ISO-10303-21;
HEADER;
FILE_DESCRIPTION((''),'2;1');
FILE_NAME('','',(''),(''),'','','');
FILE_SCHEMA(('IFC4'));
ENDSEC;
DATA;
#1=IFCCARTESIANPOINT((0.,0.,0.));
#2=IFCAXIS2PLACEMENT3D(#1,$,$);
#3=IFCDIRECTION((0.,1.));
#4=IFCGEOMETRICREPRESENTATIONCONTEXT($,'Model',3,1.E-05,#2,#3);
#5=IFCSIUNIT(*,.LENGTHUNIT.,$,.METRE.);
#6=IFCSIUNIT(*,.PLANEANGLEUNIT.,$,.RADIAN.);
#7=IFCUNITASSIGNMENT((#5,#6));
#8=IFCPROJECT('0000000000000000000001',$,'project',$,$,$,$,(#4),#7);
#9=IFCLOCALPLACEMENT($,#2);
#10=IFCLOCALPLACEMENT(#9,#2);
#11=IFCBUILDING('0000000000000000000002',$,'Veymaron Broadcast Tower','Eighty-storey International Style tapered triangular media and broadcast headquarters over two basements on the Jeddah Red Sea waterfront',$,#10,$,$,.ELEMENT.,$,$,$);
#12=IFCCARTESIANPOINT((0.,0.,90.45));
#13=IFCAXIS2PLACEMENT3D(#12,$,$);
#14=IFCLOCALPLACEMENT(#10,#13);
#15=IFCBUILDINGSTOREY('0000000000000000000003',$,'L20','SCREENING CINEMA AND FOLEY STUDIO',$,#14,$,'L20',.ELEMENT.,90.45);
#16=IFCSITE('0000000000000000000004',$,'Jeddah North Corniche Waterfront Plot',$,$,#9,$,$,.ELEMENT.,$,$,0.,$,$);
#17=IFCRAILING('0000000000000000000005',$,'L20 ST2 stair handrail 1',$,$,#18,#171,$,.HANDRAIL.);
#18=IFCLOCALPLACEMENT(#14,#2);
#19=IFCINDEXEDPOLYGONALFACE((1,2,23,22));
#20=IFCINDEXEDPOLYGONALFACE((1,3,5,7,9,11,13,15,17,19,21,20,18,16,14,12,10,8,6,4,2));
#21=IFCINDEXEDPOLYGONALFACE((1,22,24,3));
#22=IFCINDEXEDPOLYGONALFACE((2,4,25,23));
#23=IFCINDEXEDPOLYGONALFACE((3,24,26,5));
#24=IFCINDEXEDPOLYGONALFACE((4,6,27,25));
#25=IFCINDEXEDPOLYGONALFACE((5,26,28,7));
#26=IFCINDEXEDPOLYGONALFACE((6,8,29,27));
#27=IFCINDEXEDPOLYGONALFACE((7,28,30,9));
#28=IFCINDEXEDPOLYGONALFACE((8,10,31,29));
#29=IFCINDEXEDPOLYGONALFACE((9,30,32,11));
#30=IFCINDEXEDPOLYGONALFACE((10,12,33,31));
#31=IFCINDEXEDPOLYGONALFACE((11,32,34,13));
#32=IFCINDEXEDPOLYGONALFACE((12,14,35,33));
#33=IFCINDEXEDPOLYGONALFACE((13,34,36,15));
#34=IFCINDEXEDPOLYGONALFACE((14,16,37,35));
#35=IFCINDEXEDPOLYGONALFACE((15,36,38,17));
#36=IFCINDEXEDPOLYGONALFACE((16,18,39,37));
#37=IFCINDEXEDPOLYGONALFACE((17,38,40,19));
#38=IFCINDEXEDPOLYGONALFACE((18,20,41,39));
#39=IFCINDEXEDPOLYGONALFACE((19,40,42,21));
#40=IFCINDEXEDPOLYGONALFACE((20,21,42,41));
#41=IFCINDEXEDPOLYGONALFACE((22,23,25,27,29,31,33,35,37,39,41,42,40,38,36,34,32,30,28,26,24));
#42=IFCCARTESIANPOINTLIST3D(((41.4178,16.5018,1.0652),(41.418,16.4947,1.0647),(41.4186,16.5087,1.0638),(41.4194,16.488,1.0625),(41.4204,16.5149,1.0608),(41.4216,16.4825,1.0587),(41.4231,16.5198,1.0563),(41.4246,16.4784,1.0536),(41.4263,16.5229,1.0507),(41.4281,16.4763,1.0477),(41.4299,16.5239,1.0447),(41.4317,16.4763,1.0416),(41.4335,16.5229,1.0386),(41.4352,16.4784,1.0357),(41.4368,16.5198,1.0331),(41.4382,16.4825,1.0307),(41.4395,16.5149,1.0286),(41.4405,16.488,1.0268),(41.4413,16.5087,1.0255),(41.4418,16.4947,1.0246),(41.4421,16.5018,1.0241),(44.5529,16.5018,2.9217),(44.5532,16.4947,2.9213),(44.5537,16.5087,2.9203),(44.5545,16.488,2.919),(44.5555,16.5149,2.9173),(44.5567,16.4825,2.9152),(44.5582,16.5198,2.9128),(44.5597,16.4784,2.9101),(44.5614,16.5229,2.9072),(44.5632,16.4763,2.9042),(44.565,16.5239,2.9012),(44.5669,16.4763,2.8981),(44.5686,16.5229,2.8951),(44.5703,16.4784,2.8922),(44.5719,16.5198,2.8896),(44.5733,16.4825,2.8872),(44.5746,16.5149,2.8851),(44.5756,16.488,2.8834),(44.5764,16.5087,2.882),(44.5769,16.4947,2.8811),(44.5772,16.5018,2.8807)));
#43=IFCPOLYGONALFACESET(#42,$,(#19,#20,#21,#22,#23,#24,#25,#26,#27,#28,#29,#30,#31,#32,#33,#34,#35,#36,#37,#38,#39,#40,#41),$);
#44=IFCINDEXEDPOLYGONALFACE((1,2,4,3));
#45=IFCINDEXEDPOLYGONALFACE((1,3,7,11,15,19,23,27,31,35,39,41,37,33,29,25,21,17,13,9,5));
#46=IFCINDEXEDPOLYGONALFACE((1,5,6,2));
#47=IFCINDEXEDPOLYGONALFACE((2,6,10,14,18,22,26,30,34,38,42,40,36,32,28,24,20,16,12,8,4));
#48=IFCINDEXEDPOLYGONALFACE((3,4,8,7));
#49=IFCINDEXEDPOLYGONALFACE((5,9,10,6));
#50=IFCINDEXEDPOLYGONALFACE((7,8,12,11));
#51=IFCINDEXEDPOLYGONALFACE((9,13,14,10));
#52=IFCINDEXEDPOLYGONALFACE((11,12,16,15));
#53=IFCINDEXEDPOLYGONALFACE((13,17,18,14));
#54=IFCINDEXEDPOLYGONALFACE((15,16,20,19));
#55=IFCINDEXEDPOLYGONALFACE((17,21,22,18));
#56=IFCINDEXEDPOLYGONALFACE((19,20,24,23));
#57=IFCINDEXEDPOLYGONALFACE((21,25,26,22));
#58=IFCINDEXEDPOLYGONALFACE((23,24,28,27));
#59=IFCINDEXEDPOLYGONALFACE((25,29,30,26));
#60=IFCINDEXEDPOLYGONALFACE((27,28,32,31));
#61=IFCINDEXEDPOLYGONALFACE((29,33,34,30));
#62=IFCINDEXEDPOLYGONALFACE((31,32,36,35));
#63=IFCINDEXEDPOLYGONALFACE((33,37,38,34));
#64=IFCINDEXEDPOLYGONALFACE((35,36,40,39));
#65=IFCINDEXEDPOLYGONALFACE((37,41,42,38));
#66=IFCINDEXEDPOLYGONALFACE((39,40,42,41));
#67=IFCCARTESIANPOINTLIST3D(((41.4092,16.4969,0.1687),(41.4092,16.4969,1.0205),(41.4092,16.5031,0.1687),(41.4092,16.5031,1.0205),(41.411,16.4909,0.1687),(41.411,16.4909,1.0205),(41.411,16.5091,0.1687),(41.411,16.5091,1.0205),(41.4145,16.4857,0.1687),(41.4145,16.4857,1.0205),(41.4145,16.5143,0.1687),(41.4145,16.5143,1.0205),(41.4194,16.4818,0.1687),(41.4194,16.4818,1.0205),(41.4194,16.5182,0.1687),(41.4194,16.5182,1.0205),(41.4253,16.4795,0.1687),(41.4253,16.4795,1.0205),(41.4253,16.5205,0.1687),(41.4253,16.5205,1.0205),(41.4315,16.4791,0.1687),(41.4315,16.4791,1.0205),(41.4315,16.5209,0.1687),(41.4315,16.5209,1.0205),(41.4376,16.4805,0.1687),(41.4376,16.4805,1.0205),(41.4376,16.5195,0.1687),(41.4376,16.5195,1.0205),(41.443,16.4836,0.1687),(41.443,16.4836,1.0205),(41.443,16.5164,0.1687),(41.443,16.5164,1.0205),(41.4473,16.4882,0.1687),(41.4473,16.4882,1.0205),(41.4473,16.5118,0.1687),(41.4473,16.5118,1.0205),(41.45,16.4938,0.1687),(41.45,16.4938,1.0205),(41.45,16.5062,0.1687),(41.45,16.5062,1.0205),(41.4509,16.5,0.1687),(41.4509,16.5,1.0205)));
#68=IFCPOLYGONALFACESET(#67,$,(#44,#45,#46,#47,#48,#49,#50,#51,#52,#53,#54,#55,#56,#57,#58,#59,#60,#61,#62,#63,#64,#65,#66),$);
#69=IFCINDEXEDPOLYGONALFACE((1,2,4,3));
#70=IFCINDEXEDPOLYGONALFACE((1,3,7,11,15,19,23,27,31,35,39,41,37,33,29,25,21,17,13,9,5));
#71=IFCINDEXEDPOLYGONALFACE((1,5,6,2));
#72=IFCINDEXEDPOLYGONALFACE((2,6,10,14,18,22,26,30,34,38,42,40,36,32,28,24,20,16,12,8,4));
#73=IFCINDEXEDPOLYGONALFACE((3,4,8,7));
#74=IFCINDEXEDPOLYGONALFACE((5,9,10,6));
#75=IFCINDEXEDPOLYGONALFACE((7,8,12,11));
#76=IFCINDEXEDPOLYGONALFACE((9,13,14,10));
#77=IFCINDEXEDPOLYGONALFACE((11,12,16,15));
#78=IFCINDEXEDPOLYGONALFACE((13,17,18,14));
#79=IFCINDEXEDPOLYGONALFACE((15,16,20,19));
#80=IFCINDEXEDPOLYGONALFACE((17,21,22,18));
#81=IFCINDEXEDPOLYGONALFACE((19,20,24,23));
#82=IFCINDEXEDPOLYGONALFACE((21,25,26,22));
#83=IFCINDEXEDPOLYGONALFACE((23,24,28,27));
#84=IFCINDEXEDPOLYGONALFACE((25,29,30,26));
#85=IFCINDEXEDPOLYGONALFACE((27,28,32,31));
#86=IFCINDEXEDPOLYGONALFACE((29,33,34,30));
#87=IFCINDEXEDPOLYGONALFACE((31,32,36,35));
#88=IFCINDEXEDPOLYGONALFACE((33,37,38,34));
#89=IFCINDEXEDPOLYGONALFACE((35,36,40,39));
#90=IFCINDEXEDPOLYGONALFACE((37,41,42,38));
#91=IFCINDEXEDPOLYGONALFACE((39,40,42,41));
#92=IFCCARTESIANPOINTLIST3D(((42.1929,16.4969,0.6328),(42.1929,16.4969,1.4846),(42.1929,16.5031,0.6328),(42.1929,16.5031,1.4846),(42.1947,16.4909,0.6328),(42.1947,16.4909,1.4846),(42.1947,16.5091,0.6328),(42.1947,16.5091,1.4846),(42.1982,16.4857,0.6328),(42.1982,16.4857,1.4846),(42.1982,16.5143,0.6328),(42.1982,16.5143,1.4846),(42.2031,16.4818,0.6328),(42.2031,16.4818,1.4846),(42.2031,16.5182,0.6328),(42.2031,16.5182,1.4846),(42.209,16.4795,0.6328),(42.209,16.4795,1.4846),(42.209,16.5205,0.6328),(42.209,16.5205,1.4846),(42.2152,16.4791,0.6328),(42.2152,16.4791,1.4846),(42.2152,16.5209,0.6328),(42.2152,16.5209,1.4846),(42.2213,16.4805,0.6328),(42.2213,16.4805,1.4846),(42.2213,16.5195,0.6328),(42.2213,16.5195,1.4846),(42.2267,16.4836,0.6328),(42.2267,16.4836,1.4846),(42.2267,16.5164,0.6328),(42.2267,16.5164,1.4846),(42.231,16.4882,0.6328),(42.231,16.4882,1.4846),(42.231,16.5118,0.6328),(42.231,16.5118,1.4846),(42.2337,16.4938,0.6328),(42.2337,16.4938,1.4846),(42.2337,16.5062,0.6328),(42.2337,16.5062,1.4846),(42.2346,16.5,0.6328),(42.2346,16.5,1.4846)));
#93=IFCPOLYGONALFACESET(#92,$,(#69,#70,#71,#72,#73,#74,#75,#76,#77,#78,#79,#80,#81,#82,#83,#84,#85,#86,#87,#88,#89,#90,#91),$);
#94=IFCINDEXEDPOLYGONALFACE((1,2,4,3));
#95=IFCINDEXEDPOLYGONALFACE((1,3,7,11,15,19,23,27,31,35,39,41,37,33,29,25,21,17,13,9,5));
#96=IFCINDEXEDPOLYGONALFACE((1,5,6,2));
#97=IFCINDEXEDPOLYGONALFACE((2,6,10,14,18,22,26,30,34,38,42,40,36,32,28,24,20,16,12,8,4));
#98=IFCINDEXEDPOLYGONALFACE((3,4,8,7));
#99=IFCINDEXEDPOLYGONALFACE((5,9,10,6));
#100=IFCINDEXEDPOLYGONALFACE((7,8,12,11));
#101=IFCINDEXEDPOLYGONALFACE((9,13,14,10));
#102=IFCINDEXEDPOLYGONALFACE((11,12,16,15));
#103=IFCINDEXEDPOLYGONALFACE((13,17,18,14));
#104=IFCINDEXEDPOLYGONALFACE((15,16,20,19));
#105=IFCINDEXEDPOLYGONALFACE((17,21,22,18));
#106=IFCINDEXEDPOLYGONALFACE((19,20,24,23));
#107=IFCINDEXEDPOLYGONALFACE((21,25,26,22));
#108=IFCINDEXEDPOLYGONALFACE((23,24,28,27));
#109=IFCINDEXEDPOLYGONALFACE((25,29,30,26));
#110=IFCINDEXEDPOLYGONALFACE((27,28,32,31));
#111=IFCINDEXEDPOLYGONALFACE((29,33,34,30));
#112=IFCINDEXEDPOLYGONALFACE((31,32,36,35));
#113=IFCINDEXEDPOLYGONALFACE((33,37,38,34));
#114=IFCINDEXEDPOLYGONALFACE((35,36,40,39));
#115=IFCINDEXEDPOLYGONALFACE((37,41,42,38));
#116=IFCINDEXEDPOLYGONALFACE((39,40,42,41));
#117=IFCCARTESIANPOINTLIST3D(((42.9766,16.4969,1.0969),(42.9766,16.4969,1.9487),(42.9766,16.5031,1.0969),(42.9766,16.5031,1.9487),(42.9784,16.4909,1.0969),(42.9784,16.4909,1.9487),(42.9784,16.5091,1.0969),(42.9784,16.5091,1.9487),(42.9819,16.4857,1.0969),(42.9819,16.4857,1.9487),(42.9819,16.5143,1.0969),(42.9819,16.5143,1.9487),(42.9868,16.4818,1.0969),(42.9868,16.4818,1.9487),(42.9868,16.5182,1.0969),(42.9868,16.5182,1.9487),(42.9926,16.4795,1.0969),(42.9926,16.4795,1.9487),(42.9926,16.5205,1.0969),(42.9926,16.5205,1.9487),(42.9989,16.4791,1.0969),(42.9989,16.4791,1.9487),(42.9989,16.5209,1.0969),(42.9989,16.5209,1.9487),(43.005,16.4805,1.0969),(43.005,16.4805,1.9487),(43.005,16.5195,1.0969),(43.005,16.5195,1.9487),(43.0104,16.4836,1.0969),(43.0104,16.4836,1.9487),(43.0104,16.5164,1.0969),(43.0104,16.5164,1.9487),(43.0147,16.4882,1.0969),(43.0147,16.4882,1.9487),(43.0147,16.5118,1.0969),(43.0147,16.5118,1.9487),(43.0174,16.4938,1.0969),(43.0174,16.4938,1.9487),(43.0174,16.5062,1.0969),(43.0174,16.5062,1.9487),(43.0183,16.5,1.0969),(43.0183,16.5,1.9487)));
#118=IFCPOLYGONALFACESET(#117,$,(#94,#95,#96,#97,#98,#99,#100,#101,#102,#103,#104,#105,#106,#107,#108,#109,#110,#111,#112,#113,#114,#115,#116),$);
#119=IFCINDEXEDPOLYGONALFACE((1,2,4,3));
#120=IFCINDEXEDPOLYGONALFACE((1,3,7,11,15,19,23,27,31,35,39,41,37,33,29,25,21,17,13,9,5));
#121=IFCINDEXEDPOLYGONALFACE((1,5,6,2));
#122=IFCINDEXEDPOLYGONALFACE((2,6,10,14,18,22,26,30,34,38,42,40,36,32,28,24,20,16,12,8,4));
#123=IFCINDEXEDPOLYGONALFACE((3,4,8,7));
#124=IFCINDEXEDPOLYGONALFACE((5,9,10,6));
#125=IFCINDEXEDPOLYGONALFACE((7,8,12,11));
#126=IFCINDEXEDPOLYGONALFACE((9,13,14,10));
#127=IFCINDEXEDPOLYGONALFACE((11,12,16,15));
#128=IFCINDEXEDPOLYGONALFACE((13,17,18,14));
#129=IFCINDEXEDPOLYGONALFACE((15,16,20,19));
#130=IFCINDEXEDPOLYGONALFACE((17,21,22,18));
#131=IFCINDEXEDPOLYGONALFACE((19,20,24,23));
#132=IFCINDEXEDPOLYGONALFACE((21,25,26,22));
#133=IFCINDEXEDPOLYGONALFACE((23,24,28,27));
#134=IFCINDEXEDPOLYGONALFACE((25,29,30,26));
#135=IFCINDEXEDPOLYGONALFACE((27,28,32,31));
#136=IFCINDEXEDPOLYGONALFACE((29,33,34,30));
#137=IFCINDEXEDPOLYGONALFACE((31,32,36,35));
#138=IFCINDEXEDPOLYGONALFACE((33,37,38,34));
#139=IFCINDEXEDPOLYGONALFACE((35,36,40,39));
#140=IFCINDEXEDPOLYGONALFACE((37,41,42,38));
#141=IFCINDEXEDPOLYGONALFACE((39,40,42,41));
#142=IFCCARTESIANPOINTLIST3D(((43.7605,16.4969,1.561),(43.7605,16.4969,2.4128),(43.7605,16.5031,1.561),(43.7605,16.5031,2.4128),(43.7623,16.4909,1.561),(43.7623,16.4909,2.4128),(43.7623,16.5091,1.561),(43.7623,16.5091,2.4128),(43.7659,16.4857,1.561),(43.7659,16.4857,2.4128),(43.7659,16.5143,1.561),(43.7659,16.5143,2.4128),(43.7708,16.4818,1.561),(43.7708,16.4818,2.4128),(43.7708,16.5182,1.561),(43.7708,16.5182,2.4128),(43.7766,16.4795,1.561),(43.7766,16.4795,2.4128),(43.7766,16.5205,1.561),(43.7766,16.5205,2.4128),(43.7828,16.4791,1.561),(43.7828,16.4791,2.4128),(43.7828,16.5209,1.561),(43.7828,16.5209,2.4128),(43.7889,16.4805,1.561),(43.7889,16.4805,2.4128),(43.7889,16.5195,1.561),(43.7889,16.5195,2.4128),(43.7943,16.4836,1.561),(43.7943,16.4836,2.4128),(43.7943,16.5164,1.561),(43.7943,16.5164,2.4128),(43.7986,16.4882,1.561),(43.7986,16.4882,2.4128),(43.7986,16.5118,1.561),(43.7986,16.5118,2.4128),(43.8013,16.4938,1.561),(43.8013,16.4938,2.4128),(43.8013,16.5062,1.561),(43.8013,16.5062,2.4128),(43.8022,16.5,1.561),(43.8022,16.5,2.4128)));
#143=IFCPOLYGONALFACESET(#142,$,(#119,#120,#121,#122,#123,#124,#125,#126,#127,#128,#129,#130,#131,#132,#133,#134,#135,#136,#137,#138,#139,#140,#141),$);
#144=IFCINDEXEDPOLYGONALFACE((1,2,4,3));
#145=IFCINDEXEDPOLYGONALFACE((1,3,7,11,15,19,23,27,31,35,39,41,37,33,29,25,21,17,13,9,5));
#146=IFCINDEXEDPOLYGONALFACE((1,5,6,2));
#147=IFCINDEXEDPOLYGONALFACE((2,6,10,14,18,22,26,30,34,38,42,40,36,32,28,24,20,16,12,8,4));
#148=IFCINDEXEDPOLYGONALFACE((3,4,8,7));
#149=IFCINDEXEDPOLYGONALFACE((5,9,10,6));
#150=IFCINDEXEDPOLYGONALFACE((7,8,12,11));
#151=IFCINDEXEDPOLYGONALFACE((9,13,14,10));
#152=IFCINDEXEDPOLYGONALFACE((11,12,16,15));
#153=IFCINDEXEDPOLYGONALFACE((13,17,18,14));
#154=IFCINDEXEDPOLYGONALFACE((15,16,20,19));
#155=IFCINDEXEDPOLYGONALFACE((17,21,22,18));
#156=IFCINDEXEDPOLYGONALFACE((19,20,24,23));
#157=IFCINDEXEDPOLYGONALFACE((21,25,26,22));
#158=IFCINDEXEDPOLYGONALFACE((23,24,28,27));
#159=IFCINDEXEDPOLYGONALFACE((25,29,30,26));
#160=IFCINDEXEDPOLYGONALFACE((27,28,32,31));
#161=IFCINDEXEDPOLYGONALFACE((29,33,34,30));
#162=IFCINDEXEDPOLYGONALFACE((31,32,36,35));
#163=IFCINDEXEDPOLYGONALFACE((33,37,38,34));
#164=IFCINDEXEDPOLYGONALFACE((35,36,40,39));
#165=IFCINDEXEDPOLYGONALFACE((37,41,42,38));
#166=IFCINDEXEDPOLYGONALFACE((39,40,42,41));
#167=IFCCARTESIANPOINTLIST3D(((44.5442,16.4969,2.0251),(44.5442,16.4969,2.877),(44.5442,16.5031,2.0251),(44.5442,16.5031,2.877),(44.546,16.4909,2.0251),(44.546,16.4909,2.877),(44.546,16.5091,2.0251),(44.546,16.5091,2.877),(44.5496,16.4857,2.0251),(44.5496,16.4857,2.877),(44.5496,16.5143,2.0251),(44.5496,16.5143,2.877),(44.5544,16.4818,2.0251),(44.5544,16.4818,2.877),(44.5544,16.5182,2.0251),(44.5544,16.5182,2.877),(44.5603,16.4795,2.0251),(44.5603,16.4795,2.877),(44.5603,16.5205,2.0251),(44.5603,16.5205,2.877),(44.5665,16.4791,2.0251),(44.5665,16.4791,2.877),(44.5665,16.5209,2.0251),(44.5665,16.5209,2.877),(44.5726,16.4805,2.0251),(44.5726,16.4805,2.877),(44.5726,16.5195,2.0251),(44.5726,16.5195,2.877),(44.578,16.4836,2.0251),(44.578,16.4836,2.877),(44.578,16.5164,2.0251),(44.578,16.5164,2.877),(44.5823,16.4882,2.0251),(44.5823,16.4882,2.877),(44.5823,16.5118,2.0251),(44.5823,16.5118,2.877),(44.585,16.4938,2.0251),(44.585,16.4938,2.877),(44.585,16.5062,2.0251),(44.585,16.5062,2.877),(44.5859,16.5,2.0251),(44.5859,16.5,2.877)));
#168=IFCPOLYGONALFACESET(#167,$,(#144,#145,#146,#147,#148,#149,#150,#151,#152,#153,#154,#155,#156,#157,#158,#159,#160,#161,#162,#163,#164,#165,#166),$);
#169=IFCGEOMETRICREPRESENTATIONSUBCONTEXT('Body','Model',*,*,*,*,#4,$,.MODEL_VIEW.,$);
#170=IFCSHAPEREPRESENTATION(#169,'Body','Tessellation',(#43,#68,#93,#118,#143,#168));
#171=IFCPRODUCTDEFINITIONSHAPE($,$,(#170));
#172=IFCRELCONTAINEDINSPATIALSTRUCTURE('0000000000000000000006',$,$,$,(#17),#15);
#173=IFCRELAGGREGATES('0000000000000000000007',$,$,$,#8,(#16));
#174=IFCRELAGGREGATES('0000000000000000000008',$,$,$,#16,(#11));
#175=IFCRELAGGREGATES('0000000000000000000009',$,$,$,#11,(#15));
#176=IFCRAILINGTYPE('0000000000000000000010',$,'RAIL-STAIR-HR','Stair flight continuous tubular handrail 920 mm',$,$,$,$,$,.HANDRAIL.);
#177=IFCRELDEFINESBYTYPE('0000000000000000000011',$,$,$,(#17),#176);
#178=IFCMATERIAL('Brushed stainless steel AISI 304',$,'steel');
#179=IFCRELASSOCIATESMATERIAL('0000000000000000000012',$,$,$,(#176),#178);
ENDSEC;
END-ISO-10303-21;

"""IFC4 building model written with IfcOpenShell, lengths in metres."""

from ifc_helpers import new_model, si_unit, direction, frame, origin, origin_2d, place, context, subcontext, project, spatial, circle, extrude, material, type_object, element, save


model = new_model("IFC4")

# Units and contexts
model_context = context("Model", 3, precision=1e-05, world=origin(), true_north=direction((0.0, 1.0)))
body_context = subcontext(model_context, "Body", "Model", "MODEL_VIEW")
ifc_project = project(units=[si_unit("LENGTHUNIT", "METRE"), si_unit("PLANEANGLEUNIT", "RADIAN")], contexts=[model_context])

# Site, building, storey
site_placement = place(None, origin())
site = spatial("IfcSite", under=ifc_project, at=site_placement, Name="Jeddah North Corniche Waterfront Plot", CompositionType="ELEMENT", RefElevation=0.0)
building_placement = place(site_placement, origin())
building = spatial("IfcBuilding", under=site, at=building_placement, Name="Veymaron Broadcast Tower", Description="Eighty-storey International Style tapered triangular media and broadcast headquarters over two basements on the Jeddah Red Sea waterfront", CompositionType="ELEMENT")
storey_placement = place(building_placement, frame((0.0, 0.0, 90.45)))
storey = spatial("IfcBuildingStorey", under=building, at=storey_placement, Name="L20", Description="SCREENING CINEMA AND FOLEY STUDIO", LongName="L20", CompositionType="ELEMENT", Elevation=90.45)

# Railing
ifc_material_1 = material(Name="Brushed stainless steel AISI 304", Category="steel")
railing_type_1 = type_object("IfcRailingType", Name="RAIL-STAIR-HR", Description="Stair flight continuous tubular handrail 920 mm", PredefinedType="HANDRAIL", material=ifc_material_1)
railing_1_placement = place(storey_placement, frame((41.4299, 16.5, 0.1687)))
element("IfcRailing", 1, at=railing_1_placement, inside=storey, type_object=railing_type_1, Name="L20 ST2 stair handrail 1", PredefinedType="HANDRAIL", context=body_context, shape_type="SweptSolid", body=[
    extrude(circle(Radius=0.0239, at=origin_2d()), frame((0.0, 0.0, 0.876), z_axis=(0.860453, 0.0, 0.509531), x_axis=(0.0, 1.0, 0.0)), (0.0, 0.0, 1.0), 3.6436),
    extrude(circle(Radius=0.021, at=origin_2d()), origin(), (0.0, 0.0, 1.0), 0.8518),
    extrude(circle(Radius=0.021, at=origin_2d()), frame((0.7837, 0.0, 0.4641)), (0.0, 0.0, 1.0), 0.8518),
    extrude(circle(Radius=0.021, at=origin_2d()), frame((1.5674, 0.0, 0.9282)), (0.0, 0.0, 1.0), 0.8518),
    extrude(circle(Radius=0.021, at=origin_2d()), frame((2.3513, 0.0, 1.3923)), (0.0, 0.0, 1.0), 0.8518),
    extrude(circle(Radius=0.021, at=origin_2d()), frame((3.135, 0.0, 1.8564)), (0.0, 0.0, 1.0), 0.8518),
])

save(model, "model.ifc")
